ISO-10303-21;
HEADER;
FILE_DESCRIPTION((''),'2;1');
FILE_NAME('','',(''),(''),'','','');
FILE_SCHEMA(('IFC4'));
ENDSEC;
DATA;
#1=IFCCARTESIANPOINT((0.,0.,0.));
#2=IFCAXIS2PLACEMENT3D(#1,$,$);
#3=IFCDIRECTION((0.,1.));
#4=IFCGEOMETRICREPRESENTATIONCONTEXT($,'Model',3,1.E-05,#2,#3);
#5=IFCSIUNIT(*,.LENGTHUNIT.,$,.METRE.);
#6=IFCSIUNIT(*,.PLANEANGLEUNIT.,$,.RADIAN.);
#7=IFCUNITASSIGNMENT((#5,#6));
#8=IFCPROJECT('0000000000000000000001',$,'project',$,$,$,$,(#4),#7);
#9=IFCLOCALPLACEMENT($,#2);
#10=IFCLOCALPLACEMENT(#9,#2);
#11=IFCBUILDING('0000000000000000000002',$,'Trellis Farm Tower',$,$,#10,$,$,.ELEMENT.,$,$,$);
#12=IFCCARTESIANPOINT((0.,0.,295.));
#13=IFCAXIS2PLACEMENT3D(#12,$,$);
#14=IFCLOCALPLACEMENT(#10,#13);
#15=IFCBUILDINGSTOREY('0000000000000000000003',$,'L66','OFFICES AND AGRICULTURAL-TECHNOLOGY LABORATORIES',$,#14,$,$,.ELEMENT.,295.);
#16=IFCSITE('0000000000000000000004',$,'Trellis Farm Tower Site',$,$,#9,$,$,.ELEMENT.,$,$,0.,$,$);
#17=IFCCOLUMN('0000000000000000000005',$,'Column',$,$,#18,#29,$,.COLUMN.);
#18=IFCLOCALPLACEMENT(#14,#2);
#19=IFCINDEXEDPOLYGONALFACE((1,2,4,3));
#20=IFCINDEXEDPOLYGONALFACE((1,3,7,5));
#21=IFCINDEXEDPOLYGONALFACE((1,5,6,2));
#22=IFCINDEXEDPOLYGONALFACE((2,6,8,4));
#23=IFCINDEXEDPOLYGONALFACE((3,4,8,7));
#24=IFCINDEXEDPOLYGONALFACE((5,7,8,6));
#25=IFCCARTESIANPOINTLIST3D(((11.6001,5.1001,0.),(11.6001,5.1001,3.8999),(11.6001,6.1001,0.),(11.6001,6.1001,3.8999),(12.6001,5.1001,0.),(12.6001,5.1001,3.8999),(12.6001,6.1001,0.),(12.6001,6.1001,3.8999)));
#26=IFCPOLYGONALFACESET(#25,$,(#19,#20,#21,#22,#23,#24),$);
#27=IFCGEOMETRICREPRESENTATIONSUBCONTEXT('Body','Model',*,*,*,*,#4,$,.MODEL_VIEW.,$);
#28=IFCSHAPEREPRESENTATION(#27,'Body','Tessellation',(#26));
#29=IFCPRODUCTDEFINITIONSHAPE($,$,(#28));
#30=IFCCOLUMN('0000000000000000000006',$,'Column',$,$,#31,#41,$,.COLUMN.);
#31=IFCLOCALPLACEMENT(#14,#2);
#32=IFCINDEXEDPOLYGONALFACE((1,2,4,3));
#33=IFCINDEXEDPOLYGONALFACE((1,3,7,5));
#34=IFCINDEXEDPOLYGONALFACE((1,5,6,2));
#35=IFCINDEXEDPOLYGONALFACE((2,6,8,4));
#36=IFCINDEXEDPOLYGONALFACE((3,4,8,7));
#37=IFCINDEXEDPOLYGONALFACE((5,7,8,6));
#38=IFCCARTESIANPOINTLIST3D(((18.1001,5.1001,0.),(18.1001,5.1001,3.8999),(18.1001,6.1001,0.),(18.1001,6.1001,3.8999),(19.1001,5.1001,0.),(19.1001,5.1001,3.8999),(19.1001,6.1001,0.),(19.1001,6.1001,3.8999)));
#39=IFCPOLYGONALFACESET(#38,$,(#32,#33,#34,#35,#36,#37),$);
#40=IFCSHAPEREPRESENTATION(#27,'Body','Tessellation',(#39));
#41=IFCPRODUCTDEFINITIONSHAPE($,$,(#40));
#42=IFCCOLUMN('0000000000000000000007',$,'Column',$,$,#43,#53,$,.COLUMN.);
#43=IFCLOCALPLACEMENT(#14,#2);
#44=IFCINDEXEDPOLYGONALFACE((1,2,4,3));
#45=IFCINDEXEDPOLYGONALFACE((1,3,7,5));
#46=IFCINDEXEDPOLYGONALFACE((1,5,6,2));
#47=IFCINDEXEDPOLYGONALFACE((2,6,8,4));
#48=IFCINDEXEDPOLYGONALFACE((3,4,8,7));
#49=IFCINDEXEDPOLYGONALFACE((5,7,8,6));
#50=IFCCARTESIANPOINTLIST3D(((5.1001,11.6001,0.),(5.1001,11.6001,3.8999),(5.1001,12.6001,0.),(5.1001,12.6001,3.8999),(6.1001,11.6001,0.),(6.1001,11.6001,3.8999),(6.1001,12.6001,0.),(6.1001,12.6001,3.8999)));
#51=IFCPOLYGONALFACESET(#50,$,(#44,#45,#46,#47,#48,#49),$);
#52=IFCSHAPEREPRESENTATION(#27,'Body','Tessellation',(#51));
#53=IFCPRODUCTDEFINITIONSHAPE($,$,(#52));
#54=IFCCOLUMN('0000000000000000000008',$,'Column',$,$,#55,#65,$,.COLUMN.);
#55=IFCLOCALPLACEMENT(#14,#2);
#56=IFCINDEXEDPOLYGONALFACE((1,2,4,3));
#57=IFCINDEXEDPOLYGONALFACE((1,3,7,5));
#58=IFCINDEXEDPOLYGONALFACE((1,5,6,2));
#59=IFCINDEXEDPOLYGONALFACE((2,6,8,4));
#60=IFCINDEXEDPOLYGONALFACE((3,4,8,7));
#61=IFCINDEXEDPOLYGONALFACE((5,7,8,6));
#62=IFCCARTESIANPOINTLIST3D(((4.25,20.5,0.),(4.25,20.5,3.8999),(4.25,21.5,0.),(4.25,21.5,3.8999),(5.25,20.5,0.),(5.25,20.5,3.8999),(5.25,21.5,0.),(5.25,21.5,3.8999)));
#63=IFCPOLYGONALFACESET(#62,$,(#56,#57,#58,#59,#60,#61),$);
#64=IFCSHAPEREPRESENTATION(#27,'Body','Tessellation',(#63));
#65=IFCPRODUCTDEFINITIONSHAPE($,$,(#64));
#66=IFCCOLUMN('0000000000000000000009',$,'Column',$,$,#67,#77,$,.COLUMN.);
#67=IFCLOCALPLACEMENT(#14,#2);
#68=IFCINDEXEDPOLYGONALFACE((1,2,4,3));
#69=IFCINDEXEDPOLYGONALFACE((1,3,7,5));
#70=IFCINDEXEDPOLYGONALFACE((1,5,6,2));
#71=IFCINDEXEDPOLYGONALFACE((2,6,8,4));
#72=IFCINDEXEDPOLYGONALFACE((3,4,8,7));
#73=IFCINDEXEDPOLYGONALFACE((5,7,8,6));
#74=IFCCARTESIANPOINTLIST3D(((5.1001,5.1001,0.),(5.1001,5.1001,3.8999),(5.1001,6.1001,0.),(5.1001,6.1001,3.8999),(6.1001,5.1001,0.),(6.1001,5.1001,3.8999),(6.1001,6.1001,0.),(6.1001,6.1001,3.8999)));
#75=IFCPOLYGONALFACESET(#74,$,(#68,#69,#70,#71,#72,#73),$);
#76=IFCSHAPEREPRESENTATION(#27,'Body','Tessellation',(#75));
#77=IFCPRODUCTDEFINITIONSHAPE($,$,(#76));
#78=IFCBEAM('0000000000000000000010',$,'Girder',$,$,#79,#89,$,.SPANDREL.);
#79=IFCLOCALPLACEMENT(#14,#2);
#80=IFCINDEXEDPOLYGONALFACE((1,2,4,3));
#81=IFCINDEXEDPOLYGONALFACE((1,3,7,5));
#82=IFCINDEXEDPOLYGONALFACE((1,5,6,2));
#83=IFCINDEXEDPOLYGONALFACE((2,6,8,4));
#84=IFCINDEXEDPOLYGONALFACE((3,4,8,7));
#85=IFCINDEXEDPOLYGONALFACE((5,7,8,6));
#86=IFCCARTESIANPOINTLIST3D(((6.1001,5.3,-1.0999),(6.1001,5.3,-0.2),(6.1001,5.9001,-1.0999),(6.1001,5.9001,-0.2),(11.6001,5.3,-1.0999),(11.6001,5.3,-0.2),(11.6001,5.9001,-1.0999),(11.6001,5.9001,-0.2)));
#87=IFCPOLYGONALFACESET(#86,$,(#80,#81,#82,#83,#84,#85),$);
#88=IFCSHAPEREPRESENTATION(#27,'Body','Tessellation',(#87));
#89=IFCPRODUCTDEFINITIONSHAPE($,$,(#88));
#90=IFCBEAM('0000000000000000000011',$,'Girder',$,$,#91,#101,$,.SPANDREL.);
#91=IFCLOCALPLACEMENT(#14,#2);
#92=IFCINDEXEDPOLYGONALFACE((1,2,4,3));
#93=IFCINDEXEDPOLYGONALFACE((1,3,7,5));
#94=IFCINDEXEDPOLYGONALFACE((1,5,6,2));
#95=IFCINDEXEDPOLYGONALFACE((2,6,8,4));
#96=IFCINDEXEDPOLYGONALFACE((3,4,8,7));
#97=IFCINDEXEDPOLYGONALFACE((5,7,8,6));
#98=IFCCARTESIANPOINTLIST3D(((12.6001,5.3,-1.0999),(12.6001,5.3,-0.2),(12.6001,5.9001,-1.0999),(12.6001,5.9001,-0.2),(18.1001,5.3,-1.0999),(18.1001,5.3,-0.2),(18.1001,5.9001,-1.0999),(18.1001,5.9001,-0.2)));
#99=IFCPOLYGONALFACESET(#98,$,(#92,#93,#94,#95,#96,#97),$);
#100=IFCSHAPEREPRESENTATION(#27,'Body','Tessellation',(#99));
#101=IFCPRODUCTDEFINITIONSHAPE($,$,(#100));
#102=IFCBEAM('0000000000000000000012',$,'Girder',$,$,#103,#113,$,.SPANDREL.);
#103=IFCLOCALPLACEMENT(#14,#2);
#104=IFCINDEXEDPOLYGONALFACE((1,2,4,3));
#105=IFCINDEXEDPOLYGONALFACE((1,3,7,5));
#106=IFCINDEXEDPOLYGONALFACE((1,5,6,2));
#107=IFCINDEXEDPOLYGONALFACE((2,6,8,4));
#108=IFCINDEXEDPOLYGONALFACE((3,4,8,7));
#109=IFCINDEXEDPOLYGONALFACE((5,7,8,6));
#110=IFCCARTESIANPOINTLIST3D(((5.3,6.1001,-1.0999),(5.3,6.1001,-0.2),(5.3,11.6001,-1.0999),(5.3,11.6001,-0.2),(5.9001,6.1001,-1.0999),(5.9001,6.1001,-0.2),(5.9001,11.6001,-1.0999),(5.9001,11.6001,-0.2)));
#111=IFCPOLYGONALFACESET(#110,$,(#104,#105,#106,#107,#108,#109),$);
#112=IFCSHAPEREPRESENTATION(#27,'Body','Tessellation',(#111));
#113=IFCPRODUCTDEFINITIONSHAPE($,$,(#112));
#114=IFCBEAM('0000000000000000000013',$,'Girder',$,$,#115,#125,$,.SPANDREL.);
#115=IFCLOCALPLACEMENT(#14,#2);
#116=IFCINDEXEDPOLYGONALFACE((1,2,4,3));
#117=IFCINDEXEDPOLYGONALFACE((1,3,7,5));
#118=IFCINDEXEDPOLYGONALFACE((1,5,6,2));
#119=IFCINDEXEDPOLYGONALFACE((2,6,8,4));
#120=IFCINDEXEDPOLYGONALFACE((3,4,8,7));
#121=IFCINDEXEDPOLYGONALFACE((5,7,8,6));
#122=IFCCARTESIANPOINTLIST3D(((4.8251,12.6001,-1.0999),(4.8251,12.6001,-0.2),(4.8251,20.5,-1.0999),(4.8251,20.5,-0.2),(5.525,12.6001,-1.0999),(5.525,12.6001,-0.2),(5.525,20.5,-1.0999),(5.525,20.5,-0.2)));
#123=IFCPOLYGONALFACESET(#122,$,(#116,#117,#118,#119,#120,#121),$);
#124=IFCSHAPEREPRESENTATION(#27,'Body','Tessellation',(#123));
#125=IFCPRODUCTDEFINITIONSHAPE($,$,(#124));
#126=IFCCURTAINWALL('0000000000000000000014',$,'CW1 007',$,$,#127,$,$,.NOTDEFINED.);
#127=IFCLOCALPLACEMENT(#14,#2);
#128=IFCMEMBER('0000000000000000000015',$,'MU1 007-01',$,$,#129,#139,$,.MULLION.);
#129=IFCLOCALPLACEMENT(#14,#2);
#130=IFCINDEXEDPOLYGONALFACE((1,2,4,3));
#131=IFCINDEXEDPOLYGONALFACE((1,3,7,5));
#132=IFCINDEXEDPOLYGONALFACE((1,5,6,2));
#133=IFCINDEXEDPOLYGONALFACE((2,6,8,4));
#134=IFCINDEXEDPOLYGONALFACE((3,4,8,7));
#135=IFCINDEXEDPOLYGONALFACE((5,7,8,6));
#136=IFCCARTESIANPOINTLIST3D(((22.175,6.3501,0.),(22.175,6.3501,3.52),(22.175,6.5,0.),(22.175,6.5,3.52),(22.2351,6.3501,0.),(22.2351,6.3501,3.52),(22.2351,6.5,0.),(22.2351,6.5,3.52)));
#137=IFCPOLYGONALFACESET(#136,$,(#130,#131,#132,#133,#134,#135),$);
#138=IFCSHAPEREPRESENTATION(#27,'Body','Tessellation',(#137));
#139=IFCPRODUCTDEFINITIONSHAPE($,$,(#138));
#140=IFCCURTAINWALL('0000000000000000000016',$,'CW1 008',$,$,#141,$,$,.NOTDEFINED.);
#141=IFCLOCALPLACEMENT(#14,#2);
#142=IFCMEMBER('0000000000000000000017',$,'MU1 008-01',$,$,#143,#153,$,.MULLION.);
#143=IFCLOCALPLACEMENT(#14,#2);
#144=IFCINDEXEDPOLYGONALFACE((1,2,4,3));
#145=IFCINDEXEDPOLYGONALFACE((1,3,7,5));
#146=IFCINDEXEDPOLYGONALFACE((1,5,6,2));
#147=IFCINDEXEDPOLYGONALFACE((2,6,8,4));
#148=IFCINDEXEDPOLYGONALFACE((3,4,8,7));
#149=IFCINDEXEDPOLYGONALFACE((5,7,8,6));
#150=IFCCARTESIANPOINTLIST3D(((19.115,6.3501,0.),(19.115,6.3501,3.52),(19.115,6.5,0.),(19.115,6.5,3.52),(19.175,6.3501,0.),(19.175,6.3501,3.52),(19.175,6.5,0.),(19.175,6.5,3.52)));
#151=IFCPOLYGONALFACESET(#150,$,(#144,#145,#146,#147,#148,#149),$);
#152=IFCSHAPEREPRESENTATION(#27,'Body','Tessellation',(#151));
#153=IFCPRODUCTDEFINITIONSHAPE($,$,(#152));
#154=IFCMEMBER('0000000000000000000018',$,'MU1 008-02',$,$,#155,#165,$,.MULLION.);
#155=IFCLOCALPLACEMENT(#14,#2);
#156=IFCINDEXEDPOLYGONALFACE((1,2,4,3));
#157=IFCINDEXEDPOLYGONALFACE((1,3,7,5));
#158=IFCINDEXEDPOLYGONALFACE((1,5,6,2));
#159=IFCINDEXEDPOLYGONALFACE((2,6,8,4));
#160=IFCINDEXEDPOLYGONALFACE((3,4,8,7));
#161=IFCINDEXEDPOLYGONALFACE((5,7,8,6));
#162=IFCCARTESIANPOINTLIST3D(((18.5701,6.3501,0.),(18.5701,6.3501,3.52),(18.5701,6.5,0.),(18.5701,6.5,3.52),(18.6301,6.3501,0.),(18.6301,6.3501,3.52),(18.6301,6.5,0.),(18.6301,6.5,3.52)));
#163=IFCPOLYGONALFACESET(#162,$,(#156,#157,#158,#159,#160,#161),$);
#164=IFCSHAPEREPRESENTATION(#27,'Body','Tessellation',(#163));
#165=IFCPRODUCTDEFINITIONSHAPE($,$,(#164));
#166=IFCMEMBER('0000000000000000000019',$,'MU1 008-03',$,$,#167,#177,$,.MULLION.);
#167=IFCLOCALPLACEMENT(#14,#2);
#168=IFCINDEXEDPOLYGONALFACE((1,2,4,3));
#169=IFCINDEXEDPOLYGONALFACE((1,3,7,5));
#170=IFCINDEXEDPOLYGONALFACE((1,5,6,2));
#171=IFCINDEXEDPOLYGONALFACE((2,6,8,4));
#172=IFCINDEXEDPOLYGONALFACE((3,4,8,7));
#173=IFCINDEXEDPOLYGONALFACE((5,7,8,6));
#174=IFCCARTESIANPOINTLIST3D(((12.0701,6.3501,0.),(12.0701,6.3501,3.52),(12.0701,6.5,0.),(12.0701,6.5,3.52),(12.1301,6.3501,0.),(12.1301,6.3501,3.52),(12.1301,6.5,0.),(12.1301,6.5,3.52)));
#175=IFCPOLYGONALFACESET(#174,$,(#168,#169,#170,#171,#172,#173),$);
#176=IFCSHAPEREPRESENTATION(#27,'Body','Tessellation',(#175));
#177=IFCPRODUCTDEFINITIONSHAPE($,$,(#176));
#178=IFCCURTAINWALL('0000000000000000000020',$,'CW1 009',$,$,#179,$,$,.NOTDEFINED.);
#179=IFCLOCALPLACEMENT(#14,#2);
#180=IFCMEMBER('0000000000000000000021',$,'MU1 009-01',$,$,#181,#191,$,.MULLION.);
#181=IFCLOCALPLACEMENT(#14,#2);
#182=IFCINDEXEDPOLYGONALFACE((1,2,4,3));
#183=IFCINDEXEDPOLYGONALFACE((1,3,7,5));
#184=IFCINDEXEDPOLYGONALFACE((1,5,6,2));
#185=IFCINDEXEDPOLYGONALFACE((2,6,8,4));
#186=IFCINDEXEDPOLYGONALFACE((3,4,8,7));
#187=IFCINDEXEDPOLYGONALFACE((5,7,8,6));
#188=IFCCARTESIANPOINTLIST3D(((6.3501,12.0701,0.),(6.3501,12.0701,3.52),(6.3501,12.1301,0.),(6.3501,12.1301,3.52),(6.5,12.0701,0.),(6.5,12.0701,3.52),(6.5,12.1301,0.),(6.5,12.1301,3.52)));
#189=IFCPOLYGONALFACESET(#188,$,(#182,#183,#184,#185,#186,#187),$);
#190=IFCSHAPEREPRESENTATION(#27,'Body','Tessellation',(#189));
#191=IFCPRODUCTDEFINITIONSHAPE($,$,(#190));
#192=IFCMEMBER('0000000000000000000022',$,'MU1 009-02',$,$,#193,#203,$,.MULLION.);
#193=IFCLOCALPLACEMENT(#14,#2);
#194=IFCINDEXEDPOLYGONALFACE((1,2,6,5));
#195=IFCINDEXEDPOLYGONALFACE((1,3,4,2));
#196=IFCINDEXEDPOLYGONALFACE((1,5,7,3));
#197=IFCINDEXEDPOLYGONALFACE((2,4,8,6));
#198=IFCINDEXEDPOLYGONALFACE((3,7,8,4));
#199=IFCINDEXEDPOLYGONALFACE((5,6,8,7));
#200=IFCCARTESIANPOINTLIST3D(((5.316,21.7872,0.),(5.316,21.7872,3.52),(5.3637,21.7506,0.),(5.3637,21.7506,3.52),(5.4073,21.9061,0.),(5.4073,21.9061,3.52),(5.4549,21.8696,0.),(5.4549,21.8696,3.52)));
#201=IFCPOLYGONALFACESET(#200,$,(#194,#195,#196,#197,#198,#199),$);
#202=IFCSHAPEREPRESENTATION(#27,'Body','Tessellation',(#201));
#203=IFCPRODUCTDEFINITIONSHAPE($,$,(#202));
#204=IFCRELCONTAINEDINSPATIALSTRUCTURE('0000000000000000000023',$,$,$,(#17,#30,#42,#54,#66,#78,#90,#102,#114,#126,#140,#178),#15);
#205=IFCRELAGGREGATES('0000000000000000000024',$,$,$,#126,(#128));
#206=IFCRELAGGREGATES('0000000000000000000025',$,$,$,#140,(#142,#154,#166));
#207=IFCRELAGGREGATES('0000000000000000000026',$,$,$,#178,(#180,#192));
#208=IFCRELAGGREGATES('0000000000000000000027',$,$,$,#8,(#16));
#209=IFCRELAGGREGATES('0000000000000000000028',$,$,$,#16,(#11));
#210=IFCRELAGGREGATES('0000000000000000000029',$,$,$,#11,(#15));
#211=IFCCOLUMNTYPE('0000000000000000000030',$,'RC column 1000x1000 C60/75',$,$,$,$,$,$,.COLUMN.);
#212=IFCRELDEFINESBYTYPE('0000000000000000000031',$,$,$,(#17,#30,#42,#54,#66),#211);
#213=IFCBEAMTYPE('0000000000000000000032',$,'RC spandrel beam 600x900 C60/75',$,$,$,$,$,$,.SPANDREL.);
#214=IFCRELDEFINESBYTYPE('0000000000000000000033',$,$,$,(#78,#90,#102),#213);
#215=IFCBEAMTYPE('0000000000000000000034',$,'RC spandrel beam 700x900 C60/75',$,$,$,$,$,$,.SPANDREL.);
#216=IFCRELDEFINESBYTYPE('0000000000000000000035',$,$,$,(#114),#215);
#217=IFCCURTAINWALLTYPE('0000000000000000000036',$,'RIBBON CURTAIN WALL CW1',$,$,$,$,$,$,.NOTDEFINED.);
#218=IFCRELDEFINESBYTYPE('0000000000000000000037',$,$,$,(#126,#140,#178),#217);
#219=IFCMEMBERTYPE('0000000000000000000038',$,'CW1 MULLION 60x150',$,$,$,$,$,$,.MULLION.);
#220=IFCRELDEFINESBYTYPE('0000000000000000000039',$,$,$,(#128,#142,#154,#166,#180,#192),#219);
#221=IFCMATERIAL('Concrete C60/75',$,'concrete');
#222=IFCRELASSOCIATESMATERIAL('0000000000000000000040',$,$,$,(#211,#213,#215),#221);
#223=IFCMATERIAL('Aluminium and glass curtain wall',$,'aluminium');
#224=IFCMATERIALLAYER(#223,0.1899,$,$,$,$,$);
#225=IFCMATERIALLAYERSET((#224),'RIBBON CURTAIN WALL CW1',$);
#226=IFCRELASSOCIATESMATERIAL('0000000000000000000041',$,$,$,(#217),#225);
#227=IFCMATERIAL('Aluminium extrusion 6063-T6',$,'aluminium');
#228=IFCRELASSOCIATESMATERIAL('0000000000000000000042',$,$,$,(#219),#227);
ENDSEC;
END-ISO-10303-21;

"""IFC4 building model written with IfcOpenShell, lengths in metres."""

from ifc_helpers import new_model, si_unit, direction, frame, origin, origin_2d, place, context, subcontext, project, spatial, rectangle, extrude, source, transform, mapped, material, layer, layer_set, material_profile, profile_set, type_object, element, aggregate, save


model = new_model("IFC4")

# Units and contexts
model_context = context("Model", 3, precision=1e-05, world=origin(), true_north=direction((0.0, 1.0)))
body_context = subcontext(model_context, "Body", "Model", "MODEL_VIEW")
ifc_project = project(units=[si_unit("LENGTHUNIT", "METRE"), si_unit("PLANEANGLEUNIT", "RADIAN")], contexts=[model_context])

# Site, building, storey
site_placement = place(None, origin())
site = spatial("IfcSite", under=ifc_project, at=site_placement, Name="Trellis Farm Tower Site", CompositionType="ELEMENT", RefElevation=0.0)
building_placement = place(site_placement, origin())
building = spatial("IfcBuilding", under=site, at=building_placement, Name="Trellis Farm Tower", CompositionType="ELEMENT")
storey_placement = place(building_placement, frame((0.0, 0.0, 295.0)))
storey = spatial("IfcBuildingStorey", under=building, at=storey_placement, Name="L66", Description="OFFICES AND AGRICULTURAL-TECHNOLOGY LABORATORIES", CompositionType="ELEMENT", Elevation=295.0)

# Columns
ifc_material_1 = material(Name="Concrete C60/75", Category="concrete")
ifc_material_profile_1 = material_profile(ifc_material_1, rectangle(XDim=1.0, YDim=1.0, at=origin_2d()), Name="RC column 1000x1000 C60/75")
ifc_profile_set_1 = profile_set([ifc_material_profile_1], Name="Concrete C60/75")
column_type = type_object("IfcColumnType", Name="RC column 1000x1000 C60/75", PredefinedType="COLUMN", material=ifc_profile_set_1)
shared_shape_1 = source(origin(), body_context, "Body", "SweptSolid", [
    extrude(rectangle(XDim=1.0, YDim=1.0, at=origin_2d()), origin(), (0.0, 0.0, 1.0), 3.8999),
])
for number, where, z_axis, x_axis, name in (
    (1, (12.1001, 5.6001, 0.0), (0.0, 0.0, 1.0), (1.0, 0.0, 0.0), "Column"),
    (2, (18.6001, 5.6001, 0.0), (0.0, 0.0, 1.0), (1.0, 0.0, 0.0), "Column"),
    (3, (5.6001, 12.1001, 0.0), (0.0, 0.0, 1.0), (1.0, 0.0, 0.0), "Column"),
    (4, (4.75, 21.0, 0.0), (0.0, 0.0, 1.0), (1.0, 0.0, 0.0), "Column"),
    (5, (5.6001, 5.6001, 0.0), (0.0, 0.0, 1.0), (1.0, 0.0, 0.0), "Column"),
):
    element("IfcColumn", number, at=place(storey_placement, frame(where, z_axis=z_axis, x_axis=x_axis)), inside=storey, type_object=column_type, Name=name, PredefinedType="COLUMN", context=body_context, shape_type="MappedRepresentation", body=[
        mapped(shared_shape_1, transform((0.0, 0.0, 0.0))),
    ])

# Beams
ifc_material_profile_2 = material_profile(ifc_material_1, rectangle(XDim=0.6001, YDim=0.8999, at=origin_2d()), Name="RC spandrel beam 600x900 C60/75")
ifc_profile_set_2 = profile_set([ifc_material_profile_2], Name="Concrete C60/75")
beam_type_1 = type_object("IfcBeamType", Name="RC spandrel beam 600x900 C60/75", PredefinedType="SPANDREL", material=ifc_profile_set_2)
shared_shape_2 = source(origin(), body_context, "Body", "SweptSolid", [
    extrude(rectangle(XDim=0.6001, YDim=0.8999, at=origin_2d()), origin(), (0.0, 0.0, 1.0), 5.5),
])
for number, where, z_axis, x_axis, name in (
    (6, (6.1001, 5.6001, -0.6499), (1.0, 0.0, 0.0), (0.0, 1.0, 0.0), "Girder"),
    (7, (12.6001, 5.6001, -0.6499), (1.0, 0.0, 0.0), (0.0, 1.0, 0.0), "Girder"),
    (8, (5.6001, 6.1001, -0.6499), (0.0, 1.0, 0.0), (-1.0, 0.0, 0.0), "Girder"),
):
    element("IfcBeam", number, at=place(storey_placement, frame(where, z_axis=z_axis, x_axis=x_axis)), inside=storey, type_object=beam_type_1, Name=name, PredefinedType="SPANDREL", context=body_context, shape_type="MappedRepresentation", body=[
        mapped(shared_shape_2, transform((0.0, 0.0, 0.0))),
    ])
ifc_material_profile_3 = material_profile(ifc_material_1, rectangle(XDim=0.7, YDim=0.8999, at=origin_2d()), Name="RC spandrel beam 700x900 C60/75")
ifc_profile_set_3 = profile_set([ifc_material_profile_3], Name="Concrete C60/75")
beam_type_2 = type_object("IfcBeamType", Name="RC spandrel beam 700x900 C60/75", PredefinedType="SPANDREL", material=ifc_profile_set_3)
shared_shape_3 = source(origin(), body_context, "Body", "SweptSolid", [
    extrude(rectangle(XDim=0.7, YDim=0.8999, at=origin_2d()), origin(), (0.0, 0.0, 1.0), 7.8999),
])
beam_placement = place(storey_placement, frame((5.175, 12.6001, -0.6499), z_axis=(0.0, 1.0, 0.0), x_axis=(-1.0, 0.0, 0.0)))
element("IfcBeam", 9, at=beam_placement, inside=storey, type_object=beam_type_2, Name="Girder", PredefinedType="SPANDREL", context=body_context, shape_type="MappedRepresentation", body=[
    mapped(shared_shape_3, transform((0.0, 0.0, 0.0))),
])

# Curtain wall, member
ifc_material_2 = material(Name="Aluminium and glass curtain wall", Category="aluminium")
ifc_layer_1 = layer(ifc_material_2, 0.1899)
ifc_layer_set_1 = layer_set([ifc_layer_1], Name="RIBBON CURTAIN WALL CW1")
curtain_wall_type_1 = type_object("IfcCurtainWallType", Name="RIBBON CURTAIN WALL CW1", PredefinedType="NOTDEFINED", material=ifc_layer_set_1)
placement = place(storey_placement, origin())
curtain_wall_1 = element("IfcCurtainWall", 10, at=placement, inside=storey, type_object=curtain_wall_type_1, Name="CW1 007", PredefinedType="NOTDEFINED")
ifc_material_3 = material(Name="Aluminium extrusion 6063-T6", Category="aluminium")
ifc_material_profile_4 = material_profile(ifc_material_3, rectangle(XDim=0.0601, YDim=0.1499, at=origin_2d()), Name="MULLION 60x150")
ifc_profile_set_4 = profile_set([ifc_material_profile_4], Name="Aluminium extrusion 6063-T6")
member_type_1 = type_object("IfcMemberType", Name="CW1 MULLION 60x150", PredefinedType="MULLION", material=ifc_profile_set_4)
shared_shape_4 = source(origin(), body_context, "Body", "SweptSolid", [
    extrude(rectangle(XDim=0.0601, YDim=0.1499, at=origin_2d()), origin(), (0.0, 0.0, 1.0), 3.52),
])
member_1_placement = place(storey_placement, frame((22.2051, 6.425, 0.0), z_axis=(0.0, 0.0, 1.0), x_axis=(-1.0, 0.0, 0.0)))
member_1 = element("IfcMember", 11, at=member_1_placement, type_object=member_type_1, Name="MU1 007-01", PredefinedType="MULLION", context=body_context, shape_type="MappedRepresentation", body=[
    mapped(shared_shape_4, transform((0.0, 0.0, 0.0))),
])
aggregate(curtain_wall_1, [member_1])

# Curtain walls, members
curtain_wall_2 = element("IfcCurtainWall", 12, at=placement, inside=storey, type_object=curtain_wall_type_1, Name="CW1 008", PredefinedType="NOTDEFINED")
member_2_placement = place(storey_placement, frame((19.145, 6.425, 0.0), z_axis=(0.0, 0.0, 1.0), x_axis=(-1.0, 0.0, 0.0)))
member_2 = element("IfcMember", 13, at=member_2_placement, type_object=member_type_1, Name="MU1 008-01", PredefinedType="MULLION", context=body_context, shape_type="MappedRepresentation", body=[
    mapped(shared_shape_4, transform((0.0, 0.0, 0.0))),
])
member_3_placement = place(storey_placement, frame((18.6001, 6.425, 0.0), z_axis=(0.0, 0.0, 1.0), x_axis=(-1.0, 0.0, 0.0)))
member_3 = element("IfcMember", 14, at=member_3_placement, type_object=member_type_1, Name="MU1 008-02", PredefinedType="MULLION", context=body_context, shape_type="MappedRepresentation", body=[
    mapped(shared_shape_4, transform((0.0, 0.0, 0.0))),
])
member_4_placement = place(storey_placement, frame((12.1001, 6.425, 0.0), z_axis=(0.0, 0.0, 1.0), x_axis=(-1.0, 0.0, 0.0)))
member_4 = element("IfcMember", 15, at=member_4_placement, type_object=member_type_1, Name="MU1 008-03", PredefinedType="MULLION", context=body_context, shape_type="MappedRepresentation", body=[
    mapped(shared_shape_4, transform((0.0, 0.0, 0.0))),
])
aggregate(curtain_wall_2, [member_2, member_3, member_4])
curtain_wall_3 = element("IfcCurtainWall", 16, at=placement, inside=storey, type_object=curtain_wall_type_1, Name="CW1 009", PredefinedType="NOTDEFINED")
member_5_placement = place(storey_placement, frame((6.425, 12.1001, 0.0), z_axis=(0.0, 0.0, 1.0), x_axis=(0.0, 1.0, 0.0)))
member_5 = element("IfcMember", 17, at=member_5_placement, type_object=member_type_1, Name="MU1 009-01", PredefinedType="MULLION", context=body_context, shape_type="MappedRepresentation", body=[
    mapped(shared_shape_4, transform((0.0, 0.0, 0.0))),
])
member_6_placement = place(storey_placement, frame((5.3855, 21.8284, 0.0), z_axis=(0.0, 0.0, 1.0), x_axis=(-0.793353, 0.608761, 0.0)))
member_6 = element("IfcMember", 18, at=member_6_placement, type_object=member_type_1, Name="MU1 009-02", PredefinedType="MULLION", context=body_context, shape_type="MappedRepresentation", body=[
    mapped(shared_shape_4, transform((0.0, 0.0, 0.0))),
])
aggregate(curtain_wall_3, [member_5, member_6])

save(model, "model.ifc")
